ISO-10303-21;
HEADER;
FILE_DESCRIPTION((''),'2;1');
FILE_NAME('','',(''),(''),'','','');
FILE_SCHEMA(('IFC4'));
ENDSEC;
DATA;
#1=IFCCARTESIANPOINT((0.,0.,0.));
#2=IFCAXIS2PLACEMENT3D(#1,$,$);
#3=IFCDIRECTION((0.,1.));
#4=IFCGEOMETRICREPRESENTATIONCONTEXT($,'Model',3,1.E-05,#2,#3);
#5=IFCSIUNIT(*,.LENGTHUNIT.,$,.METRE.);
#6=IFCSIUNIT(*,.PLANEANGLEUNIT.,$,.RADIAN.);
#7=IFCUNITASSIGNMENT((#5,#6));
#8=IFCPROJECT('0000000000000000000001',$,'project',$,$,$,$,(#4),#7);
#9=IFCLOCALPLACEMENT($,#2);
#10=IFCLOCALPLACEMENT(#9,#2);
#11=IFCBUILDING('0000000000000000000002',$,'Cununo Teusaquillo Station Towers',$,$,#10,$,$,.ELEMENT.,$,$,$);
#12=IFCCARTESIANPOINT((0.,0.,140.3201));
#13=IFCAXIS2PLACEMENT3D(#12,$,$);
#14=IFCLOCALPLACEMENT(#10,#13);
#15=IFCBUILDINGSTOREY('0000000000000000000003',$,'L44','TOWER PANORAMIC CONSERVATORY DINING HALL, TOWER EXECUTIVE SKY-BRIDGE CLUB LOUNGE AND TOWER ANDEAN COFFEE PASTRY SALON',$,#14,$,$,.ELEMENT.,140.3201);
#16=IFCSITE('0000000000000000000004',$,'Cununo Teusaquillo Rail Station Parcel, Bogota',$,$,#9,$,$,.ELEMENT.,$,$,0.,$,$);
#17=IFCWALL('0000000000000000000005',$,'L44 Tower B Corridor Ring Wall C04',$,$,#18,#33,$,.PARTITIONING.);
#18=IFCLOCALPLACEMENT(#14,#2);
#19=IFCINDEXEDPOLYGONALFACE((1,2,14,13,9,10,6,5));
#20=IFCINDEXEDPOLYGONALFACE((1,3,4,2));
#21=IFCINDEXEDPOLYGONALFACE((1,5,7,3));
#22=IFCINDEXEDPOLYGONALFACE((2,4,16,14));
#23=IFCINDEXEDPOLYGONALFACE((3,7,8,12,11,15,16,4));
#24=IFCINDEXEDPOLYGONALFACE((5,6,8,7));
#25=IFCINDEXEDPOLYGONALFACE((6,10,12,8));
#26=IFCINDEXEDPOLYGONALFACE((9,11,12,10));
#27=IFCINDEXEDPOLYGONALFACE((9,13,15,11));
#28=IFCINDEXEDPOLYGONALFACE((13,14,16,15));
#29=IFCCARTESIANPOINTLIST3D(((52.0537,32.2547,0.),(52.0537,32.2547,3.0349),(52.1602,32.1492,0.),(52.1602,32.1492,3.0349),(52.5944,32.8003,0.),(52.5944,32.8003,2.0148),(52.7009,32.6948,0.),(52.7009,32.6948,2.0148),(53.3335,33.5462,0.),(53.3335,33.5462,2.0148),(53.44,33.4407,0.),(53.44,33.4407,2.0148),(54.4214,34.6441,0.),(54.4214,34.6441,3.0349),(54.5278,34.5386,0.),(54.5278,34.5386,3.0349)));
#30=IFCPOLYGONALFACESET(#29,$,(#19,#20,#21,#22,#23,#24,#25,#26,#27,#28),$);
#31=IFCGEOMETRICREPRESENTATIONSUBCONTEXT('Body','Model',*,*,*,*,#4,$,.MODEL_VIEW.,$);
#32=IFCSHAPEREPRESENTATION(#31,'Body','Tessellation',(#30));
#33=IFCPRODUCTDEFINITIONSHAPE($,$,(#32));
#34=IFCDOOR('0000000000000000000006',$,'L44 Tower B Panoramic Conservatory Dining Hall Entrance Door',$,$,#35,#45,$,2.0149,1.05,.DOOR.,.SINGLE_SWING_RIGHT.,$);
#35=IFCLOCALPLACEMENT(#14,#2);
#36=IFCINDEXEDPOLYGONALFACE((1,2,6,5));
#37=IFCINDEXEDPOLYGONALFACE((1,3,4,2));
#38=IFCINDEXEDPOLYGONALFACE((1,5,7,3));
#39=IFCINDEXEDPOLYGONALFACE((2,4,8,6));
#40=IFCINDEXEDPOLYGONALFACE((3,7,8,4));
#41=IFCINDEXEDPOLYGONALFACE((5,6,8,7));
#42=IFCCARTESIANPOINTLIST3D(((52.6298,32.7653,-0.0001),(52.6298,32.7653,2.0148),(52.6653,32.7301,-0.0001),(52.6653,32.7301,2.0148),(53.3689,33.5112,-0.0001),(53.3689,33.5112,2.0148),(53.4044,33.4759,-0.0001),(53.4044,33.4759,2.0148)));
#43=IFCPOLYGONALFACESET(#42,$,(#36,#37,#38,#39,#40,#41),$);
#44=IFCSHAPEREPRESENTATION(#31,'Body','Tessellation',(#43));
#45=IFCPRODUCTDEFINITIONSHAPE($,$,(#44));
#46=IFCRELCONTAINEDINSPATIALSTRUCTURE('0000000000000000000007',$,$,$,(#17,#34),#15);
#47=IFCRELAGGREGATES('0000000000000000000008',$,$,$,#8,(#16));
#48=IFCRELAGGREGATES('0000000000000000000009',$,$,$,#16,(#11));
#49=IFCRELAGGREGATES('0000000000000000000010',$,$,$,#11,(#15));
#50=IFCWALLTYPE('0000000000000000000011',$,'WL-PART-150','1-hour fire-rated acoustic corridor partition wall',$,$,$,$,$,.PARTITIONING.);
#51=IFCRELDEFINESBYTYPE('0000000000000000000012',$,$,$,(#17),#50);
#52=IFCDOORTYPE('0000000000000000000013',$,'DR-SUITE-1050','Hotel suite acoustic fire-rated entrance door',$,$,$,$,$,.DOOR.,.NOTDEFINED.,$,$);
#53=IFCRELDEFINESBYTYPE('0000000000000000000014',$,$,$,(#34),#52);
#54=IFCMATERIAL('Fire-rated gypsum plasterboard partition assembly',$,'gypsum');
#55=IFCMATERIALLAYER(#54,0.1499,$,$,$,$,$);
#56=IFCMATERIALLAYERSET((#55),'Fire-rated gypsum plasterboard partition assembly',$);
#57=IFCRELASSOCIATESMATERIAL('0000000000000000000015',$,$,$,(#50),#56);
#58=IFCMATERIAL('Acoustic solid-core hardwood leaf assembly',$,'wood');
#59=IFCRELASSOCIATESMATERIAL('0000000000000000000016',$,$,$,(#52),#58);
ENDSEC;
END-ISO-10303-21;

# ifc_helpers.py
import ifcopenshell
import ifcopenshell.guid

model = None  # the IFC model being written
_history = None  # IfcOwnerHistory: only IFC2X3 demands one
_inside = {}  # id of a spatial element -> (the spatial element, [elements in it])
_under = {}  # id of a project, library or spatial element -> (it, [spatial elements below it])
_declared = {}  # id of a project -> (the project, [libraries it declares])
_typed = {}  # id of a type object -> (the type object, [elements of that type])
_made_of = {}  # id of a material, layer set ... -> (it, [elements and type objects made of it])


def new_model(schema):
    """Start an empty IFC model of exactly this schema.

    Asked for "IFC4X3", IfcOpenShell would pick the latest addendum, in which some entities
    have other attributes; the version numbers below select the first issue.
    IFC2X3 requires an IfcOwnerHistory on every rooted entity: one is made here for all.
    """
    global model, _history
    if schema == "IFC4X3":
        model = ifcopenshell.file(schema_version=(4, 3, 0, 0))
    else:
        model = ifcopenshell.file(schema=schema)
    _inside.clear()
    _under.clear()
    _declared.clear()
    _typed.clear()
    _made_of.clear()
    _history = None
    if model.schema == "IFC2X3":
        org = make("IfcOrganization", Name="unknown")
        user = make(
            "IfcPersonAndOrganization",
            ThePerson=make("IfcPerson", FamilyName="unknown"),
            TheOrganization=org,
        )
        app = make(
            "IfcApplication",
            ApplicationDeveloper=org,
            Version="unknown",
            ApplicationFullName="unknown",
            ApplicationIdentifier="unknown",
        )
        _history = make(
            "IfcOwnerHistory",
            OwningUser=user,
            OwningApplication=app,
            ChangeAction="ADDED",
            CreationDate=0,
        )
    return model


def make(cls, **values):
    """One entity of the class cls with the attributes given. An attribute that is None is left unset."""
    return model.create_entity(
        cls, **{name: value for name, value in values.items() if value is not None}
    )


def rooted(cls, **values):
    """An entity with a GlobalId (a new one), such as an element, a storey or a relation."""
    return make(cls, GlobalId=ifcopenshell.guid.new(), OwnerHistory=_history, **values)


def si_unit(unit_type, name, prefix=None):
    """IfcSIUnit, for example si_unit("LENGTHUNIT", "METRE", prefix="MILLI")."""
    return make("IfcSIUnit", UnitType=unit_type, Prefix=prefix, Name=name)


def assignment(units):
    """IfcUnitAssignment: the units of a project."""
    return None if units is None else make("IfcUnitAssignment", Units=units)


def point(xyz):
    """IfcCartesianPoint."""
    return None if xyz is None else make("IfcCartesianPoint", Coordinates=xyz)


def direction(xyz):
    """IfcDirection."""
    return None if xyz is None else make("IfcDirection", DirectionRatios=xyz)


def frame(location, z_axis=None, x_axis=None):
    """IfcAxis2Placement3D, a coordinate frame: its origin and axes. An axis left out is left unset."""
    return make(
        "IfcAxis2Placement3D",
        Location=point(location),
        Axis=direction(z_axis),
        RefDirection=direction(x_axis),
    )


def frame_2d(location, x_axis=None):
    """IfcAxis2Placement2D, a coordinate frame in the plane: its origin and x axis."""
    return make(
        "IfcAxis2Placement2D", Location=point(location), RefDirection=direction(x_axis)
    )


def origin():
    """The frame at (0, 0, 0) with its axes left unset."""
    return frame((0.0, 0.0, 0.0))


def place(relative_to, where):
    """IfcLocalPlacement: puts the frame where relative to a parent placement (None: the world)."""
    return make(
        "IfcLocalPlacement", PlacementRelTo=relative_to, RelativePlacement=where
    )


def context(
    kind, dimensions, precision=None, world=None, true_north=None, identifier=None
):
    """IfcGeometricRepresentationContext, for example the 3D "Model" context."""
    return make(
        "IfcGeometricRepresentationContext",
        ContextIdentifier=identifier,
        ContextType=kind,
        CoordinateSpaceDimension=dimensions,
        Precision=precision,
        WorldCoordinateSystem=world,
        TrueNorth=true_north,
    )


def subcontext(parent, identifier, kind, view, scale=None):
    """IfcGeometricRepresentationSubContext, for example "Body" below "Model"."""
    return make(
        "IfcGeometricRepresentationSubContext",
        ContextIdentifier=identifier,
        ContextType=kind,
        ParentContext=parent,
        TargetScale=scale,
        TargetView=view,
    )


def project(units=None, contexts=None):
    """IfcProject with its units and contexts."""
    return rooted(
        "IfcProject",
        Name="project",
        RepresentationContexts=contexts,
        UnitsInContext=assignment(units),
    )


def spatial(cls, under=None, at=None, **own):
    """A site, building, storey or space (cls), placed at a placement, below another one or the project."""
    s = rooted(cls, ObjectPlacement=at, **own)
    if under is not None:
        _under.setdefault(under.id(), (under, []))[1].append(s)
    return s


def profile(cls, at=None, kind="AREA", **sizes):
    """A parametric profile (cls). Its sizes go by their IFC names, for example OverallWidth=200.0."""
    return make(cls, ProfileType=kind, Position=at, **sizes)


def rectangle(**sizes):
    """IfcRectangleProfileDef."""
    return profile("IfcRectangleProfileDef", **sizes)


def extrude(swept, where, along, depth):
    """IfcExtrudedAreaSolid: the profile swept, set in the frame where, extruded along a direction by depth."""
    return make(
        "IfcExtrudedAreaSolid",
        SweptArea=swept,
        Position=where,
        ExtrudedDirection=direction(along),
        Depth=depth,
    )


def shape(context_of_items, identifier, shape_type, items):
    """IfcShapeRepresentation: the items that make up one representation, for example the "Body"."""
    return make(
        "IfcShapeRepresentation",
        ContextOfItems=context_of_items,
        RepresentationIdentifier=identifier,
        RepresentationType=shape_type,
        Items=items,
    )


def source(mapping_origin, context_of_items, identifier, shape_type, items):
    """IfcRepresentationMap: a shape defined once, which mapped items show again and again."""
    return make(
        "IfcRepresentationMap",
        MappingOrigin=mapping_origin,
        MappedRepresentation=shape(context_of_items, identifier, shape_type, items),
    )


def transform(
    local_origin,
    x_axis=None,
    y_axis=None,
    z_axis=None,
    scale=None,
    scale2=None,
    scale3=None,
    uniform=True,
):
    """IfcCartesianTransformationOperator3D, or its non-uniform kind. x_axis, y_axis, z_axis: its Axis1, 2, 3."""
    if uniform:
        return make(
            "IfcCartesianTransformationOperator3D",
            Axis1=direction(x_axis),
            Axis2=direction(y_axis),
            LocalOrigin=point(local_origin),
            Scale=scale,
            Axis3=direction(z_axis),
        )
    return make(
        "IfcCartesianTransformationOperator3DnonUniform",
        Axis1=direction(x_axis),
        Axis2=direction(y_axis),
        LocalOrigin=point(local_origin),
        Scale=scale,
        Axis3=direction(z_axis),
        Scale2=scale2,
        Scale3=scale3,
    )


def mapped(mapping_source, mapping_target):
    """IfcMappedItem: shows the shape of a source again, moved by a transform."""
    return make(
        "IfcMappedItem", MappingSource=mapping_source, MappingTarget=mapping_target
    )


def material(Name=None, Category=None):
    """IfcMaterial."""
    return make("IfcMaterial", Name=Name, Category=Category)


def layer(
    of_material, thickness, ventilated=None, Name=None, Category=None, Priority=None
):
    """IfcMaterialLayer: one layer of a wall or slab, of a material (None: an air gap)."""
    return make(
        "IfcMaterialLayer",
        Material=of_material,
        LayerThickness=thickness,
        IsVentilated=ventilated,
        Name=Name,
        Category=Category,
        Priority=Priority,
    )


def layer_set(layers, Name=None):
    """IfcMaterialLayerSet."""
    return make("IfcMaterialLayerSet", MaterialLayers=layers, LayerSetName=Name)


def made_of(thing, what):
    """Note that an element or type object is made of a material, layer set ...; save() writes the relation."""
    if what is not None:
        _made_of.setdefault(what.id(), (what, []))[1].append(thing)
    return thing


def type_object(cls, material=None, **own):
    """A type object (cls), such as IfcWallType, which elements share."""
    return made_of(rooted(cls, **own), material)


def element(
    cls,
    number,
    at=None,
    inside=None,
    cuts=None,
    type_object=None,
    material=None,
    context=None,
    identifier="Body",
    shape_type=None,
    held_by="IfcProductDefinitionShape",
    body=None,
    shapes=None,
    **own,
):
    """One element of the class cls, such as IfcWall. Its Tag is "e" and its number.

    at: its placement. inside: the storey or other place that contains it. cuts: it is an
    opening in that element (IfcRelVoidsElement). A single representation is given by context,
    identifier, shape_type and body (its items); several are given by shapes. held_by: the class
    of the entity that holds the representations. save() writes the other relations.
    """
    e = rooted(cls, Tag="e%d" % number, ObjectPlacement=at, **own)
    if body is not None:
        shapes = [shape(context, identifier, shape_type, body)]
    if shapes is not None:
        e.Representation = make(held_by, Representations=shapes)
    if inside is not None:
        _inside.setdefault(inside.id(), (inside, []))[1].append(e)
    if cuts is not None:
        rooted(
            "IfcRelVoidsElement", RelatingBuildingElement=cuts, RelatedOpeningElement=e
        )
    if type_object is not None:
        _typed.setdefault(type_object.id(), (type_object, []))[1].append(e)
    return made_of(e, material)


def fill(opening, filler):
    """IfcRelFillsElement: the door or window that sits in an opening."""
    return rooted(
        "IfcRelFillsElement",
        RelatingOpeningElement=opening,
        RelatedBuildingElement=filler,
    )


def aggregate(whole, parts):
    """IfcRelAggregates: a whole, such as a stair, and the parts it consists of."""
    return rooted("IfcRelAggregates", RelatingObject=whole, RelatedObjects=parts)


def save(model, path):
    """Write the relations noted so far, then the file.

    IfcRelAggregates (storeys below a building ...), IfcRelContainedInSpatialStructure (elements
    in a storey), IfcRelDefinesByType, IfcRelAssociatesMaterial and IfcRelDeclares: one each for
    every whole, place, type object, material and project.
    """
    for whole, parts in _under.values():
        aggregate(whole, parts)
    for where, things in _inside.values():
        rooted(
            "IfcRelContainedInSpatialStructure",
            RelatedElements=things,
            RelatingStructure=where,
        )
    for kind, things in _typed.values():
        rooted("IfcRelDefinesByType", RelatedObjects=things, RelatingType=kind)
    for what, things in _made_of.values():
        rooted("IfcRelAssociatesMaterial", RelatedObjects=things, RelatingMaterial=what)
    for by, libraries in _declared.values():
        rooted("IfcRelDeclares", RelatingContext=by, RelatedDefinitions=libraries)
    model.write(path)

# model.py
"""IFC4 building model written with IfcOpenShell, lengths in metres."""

from ifc_helpers import new_model, si_unit, direction, frame, frame_2d, origin, place, context, subcontext, project, spatial, rectangle, extrude, source, transform, mapped, material, layer, layer_set, type_object, element, fill, save


model = new_model("IFC4")

# Units and contexts
model_context = context("Model", 3, precision=1e-05, world=origin(), true_north=direction((0.0, 1.0)))
body_context = subcontext(model_context, "Body", "Model", "MODEL_VIEW")
ifc_project = project(units=[si_unit("LENGTHUNIT", "METRE"), si_unit("PLANEANGLEUNIT", "RADIAN")], contexts=[model_context])

# Site, building, storey
site_placement = place(None, origin())
site = spatial("IfcSite", under=ifc_project, at=site_placement, Name="Cununo Teusaquillo Rail Station Parcel, Bogota", CompositionType="ELEMENT", RefElevation=0.0)
building_placement = place(site_placement, origin())
building = spatial("IfcBuilding", under=site, at=building_placement, Name="Cununo Teusaquillo Station Towers", CompositionType="ELEMENT")
storey_placement = place(building_placement, frame((0.0, 0.0, 140.3201)))
storey = spatial("IfcBuildingStorey", under=building, at=storey_placement, Name="L44", Description="TOWER PANORAMIC CONSERVATORY DINING HALL, TOWER EXECUTIVE SKY-BRIDGE CLUB LOUNGE AND TOWER ANDEAN COFFEE PASTRY SALON", CompositionType="ELEMENT", Elevation=140.3201)

# Shared definitions
ifc_material_1 = material(Name="Fire-rated gypsum plasterboard partition assembly", Category="gypsum")
ifc_layer_1 = layer(ifc_material_1, 0.1499)
ifc_layer_set_1 = layer_set([ifc_layer_1], Name="Fire-rated gypsum plasterboard partition assembly")
wall_type_1 = type_object("IfcWallType", Name="WL-PART-150", Description="1-hour fire-rated acoustic corridor partition wall", PredefinedType="PARTITIONING", material=ifc_layer_set_1)

# Wall, opening, door
wall_1_placement = place(storey_placement, frame((54.4746, 34.5913, 0.0), z_axis=(0.0, 0.0, 1.0), x_axis=(-0.70387, -0.710329, 0.0)))
wall_1 = element("IfcWall", 1, at=wall_1_placement, inside=storey, type_object=wall_type_1, Name="L44 Tower B Corridor Ring Wall C04", PredefinedType="PARTITIONING", context=body_context, shape_type="SweptSolid", body=[
    extrude(rectangle(XDim=3.3638, YDim=0.1499, at=frame_2d((1.6819, 0.0))), origin(), (0.0, 0.0, 1.0), 3.0349),
])
shared_shape_1 = source(origin(), body_context, "Body", "SweptSolid", [
    extrude(rectangle(XDim=1.05, YDim=2.0149, at=frame_2d((0.5249, 1.0073))), frame((0.0, 0.085, 0.0), z_axis=(0.0, -1.0, 0.0), x_axis=(1.0, 0.0, 0.0)), (0.0, 0.0, 1.0), 0.1699),
])
opening_1_placement = place(wall_1_placement, frame((1.5457, 0.0, 0.0)))
opening_1 = element("IfcOpeningElement", 2, at=opening_1_placement, cuts=wall_1, PredefinedType="OPENING", context=body_context, shape_type="MappedRepresentation", body=[
    mapped(shared_shape_1, transform((0.0, 0.0, 0.0), x_axis=(1.0, 0.0, 0.0), y_axis=(0.0, 1.0, 0.0), z_axis=(0.0, 0.0, 1.0), scale=1.0)),
])
ifc_material_2 = material(Name="Acoustic solid-core hardwood leaf assembly", Category="wood")
door_type = type_object("IfcDoorType", Name="DR-SUITE-1050", Description="Hotel suite acoustic fire-rated entrance door", OperationType="NOTDEFINED", PredefinedType="DOOR", material=ifc_material_2)
shared_shape_2 = source(origin(), body_context, "Body", "SweptSolid", [
    extrude(rectangle(XDim=1.05, YDim=2.0149, at=frame_2d((0.5249, 1.0073))), frame((0.0, 0.0249, 0.0), z_axis=(0.0, -1.0, 0.0), x_axis=(1.0, 0.0, 0.0)), (0.0, 0.0, 1.0), 0.05),
])
door_placement = place(opening_1_placement, origin())
door = element("IfcDoor", 3, at=door_placement, inside=storey, type_object=door_type, Name="L44 Tower B Panoramic Conservatory Dining Hall Entrance Door", OperationType="SINGLE_SWING_RIGHT", OverallHeight=2.0149, OverallWidth=1.05, PredefinedType="DOOR", context=body_context, shape_type="MappedRepresentation", body=[
    mapped(shared_shape_2, transform((0.0, 0.0, 0.0), x_axis=(1.0, 0.0, 0.0), y_axis=(0.0, 1.0, 0.0), z_axis=(0.0, 0.0, 1.0), scale=1.0)),
])
fill(opening_1, door)

save(model, "model.ifc")
